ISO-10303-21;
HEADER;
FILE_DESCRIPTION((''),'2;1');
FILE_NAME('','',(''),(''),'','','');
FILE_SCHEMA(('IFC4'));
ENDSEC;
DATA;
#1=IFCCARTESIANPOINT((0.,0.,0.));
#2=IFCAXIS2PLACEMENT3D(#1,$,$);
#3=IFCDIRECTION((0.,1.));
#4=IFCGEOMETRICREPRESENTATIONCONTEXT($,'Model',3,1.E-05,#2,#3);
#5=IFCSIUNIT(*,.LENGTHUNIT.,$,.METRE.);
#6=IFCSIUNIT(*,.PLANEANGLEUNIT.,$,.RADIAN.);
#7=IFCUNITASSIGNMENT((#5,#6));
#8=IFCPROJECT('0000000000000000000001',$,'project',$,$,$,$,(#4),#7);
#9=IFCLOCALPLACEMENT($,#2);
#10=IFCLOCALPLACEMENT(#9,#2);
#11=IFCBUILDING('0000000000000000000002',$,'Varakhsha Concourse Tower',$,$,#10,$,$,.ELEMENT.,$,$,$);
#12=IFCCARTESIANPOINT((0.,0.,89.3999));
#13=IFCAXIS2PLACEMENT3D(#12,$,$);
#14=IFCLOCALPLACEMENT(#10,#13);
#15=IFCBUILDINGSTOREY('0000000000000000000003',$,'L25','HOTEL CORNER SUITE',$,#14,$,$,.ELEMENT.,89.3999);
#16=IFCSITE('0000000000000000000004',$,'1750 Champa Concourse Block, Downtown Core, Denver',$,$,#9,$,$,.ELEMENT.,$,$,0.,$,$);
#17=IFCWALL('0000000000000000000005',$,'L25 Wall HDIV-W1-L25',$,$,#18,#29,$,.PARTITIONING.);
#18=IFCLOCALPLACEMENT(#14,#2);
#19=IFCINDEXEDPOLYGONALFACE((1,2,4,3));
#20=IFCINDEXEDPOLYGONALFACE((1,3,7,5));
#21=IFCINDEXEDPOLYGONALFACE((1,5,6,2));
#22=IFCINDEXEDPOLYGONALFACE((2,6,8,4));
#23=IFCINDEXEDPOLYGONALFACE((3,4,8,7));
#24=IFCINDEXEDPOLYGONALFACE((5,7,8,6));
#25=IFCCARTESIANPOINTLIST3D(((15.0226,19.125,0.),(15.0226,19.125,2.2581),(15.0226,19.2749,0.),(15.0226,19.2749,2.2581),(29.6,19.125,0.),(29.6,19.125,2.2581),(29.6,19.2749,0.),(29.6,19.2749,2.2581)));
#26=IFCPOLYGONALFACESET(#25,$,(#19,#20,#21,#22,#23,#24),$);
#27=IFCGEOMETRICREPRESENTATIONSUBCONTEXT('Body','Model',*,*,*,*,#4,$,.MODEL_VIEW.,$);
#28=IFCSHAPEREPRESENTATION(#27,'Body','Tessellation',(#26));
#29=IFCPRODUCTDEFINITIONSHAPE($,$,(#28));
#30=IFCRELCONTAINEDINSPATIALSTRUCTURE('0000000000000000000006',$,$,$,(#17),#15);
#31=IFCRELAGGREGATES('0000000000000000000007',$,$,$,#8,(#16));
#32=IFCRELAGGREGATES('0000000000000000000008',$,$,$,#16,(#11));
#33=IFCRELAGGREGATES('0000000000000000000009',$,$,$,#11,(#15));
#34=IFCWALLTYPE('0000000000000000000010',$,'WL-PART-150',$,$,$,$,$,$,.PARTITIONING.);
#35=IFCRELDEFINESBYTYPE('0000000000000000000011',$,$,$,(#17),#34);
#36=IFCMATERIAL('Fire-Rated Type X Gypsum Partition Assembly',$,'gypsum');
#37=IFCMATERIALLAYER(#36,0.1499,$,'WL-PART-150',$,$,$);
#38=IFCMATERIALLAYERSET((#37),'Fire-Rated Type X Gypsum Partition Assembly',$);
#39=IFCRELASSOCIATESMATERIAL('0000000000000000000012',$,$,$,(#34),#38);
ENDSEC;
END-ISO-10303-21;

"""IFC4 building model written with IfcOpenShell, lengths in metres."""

from ifc_helpers import new_model, si_unit, direction, frame, frame_2d, origin, place, context, subcontext, project, spatial, rectangle, extrude, material, layer, layer_set, type_object, element, save


model = new_model("IFC4")

# Units and contexts
model_context = context("Model", 3, precision=1e-05, world=origin(), true_north=direction((0.0, 1.0)))
body_context = subcontext(model_context, "Body", "Model", "MODEL_VIEW")
ifc_project = project(units=[si_unit("LENGTHUNIT", "METRE"), si_unit("PLANEANGLEUNIT", "RADIAN")], contexts=[model_context])

# Site, building, storey
site_placement = place(None, origin())
site = spatial("IfcSite", under=ifc_project, at=site_placement, Name="1750 Champa Concourse Block, Downtown Core, Denver", CompositionType="ELEMENT", RefElevation=0.0)
building_placement = place(site_placement, origin())
building = spatial("IfcBuilding", under=site, at=building_placement, Name="Varakhsha Concourse Tower", CompositionType="ELEMENT")
storey_placement = place(building_placement, frame((0.0, 0.0, 89.3999)))
storey = spatial("IfcBuildingStorey", under=building, at=storey_placement, Name="L25", Description="HOTEL CORNER SUITE", CompositionType="ELEMENT", Elevation=89.3999)

# Wall
ifc_material_1 = material(Name="Fire-Rated Type X Gypsum Partition Assembly", Category="gypsum")
ifc_layer_1 = layer(ifc_material_1, 0.1499, Name="WL-PART-150")
ifc_layer_set_1 = layer_set([ifc_layer_1], Name="Fire-Rated Type X Gypsum Partition Assembly")
wall_type_1 = type_object("IfcWallType", Name="WL-PART-150", PredefinedType="PARTITIONING", material=ifc_layer_set_1)
wall_1_placement = place(storey_placement, frame((15.0227, 19.2, 0.0), z_axis=(0.0, 0.0, 1.0), x_axis=(1.0, 0.0, 0.0)))
element("IfcWall", 1, at=wall_1_placement, inside=storey, type_object=wall_type_1, Name="L25 Wall HDIV-W1-L25", PredefinedType="PARTITIONING", context=body_context, shape_type="SweptSolid", body=[
    extrude(rectangle(XDim=14.5774, YDim=0.1499, at=frame_2d((7.2886, 0.0))), origin(), (0.0, 0.0, 1.0), 2.2581),
])

save(model, "model.ifc")
